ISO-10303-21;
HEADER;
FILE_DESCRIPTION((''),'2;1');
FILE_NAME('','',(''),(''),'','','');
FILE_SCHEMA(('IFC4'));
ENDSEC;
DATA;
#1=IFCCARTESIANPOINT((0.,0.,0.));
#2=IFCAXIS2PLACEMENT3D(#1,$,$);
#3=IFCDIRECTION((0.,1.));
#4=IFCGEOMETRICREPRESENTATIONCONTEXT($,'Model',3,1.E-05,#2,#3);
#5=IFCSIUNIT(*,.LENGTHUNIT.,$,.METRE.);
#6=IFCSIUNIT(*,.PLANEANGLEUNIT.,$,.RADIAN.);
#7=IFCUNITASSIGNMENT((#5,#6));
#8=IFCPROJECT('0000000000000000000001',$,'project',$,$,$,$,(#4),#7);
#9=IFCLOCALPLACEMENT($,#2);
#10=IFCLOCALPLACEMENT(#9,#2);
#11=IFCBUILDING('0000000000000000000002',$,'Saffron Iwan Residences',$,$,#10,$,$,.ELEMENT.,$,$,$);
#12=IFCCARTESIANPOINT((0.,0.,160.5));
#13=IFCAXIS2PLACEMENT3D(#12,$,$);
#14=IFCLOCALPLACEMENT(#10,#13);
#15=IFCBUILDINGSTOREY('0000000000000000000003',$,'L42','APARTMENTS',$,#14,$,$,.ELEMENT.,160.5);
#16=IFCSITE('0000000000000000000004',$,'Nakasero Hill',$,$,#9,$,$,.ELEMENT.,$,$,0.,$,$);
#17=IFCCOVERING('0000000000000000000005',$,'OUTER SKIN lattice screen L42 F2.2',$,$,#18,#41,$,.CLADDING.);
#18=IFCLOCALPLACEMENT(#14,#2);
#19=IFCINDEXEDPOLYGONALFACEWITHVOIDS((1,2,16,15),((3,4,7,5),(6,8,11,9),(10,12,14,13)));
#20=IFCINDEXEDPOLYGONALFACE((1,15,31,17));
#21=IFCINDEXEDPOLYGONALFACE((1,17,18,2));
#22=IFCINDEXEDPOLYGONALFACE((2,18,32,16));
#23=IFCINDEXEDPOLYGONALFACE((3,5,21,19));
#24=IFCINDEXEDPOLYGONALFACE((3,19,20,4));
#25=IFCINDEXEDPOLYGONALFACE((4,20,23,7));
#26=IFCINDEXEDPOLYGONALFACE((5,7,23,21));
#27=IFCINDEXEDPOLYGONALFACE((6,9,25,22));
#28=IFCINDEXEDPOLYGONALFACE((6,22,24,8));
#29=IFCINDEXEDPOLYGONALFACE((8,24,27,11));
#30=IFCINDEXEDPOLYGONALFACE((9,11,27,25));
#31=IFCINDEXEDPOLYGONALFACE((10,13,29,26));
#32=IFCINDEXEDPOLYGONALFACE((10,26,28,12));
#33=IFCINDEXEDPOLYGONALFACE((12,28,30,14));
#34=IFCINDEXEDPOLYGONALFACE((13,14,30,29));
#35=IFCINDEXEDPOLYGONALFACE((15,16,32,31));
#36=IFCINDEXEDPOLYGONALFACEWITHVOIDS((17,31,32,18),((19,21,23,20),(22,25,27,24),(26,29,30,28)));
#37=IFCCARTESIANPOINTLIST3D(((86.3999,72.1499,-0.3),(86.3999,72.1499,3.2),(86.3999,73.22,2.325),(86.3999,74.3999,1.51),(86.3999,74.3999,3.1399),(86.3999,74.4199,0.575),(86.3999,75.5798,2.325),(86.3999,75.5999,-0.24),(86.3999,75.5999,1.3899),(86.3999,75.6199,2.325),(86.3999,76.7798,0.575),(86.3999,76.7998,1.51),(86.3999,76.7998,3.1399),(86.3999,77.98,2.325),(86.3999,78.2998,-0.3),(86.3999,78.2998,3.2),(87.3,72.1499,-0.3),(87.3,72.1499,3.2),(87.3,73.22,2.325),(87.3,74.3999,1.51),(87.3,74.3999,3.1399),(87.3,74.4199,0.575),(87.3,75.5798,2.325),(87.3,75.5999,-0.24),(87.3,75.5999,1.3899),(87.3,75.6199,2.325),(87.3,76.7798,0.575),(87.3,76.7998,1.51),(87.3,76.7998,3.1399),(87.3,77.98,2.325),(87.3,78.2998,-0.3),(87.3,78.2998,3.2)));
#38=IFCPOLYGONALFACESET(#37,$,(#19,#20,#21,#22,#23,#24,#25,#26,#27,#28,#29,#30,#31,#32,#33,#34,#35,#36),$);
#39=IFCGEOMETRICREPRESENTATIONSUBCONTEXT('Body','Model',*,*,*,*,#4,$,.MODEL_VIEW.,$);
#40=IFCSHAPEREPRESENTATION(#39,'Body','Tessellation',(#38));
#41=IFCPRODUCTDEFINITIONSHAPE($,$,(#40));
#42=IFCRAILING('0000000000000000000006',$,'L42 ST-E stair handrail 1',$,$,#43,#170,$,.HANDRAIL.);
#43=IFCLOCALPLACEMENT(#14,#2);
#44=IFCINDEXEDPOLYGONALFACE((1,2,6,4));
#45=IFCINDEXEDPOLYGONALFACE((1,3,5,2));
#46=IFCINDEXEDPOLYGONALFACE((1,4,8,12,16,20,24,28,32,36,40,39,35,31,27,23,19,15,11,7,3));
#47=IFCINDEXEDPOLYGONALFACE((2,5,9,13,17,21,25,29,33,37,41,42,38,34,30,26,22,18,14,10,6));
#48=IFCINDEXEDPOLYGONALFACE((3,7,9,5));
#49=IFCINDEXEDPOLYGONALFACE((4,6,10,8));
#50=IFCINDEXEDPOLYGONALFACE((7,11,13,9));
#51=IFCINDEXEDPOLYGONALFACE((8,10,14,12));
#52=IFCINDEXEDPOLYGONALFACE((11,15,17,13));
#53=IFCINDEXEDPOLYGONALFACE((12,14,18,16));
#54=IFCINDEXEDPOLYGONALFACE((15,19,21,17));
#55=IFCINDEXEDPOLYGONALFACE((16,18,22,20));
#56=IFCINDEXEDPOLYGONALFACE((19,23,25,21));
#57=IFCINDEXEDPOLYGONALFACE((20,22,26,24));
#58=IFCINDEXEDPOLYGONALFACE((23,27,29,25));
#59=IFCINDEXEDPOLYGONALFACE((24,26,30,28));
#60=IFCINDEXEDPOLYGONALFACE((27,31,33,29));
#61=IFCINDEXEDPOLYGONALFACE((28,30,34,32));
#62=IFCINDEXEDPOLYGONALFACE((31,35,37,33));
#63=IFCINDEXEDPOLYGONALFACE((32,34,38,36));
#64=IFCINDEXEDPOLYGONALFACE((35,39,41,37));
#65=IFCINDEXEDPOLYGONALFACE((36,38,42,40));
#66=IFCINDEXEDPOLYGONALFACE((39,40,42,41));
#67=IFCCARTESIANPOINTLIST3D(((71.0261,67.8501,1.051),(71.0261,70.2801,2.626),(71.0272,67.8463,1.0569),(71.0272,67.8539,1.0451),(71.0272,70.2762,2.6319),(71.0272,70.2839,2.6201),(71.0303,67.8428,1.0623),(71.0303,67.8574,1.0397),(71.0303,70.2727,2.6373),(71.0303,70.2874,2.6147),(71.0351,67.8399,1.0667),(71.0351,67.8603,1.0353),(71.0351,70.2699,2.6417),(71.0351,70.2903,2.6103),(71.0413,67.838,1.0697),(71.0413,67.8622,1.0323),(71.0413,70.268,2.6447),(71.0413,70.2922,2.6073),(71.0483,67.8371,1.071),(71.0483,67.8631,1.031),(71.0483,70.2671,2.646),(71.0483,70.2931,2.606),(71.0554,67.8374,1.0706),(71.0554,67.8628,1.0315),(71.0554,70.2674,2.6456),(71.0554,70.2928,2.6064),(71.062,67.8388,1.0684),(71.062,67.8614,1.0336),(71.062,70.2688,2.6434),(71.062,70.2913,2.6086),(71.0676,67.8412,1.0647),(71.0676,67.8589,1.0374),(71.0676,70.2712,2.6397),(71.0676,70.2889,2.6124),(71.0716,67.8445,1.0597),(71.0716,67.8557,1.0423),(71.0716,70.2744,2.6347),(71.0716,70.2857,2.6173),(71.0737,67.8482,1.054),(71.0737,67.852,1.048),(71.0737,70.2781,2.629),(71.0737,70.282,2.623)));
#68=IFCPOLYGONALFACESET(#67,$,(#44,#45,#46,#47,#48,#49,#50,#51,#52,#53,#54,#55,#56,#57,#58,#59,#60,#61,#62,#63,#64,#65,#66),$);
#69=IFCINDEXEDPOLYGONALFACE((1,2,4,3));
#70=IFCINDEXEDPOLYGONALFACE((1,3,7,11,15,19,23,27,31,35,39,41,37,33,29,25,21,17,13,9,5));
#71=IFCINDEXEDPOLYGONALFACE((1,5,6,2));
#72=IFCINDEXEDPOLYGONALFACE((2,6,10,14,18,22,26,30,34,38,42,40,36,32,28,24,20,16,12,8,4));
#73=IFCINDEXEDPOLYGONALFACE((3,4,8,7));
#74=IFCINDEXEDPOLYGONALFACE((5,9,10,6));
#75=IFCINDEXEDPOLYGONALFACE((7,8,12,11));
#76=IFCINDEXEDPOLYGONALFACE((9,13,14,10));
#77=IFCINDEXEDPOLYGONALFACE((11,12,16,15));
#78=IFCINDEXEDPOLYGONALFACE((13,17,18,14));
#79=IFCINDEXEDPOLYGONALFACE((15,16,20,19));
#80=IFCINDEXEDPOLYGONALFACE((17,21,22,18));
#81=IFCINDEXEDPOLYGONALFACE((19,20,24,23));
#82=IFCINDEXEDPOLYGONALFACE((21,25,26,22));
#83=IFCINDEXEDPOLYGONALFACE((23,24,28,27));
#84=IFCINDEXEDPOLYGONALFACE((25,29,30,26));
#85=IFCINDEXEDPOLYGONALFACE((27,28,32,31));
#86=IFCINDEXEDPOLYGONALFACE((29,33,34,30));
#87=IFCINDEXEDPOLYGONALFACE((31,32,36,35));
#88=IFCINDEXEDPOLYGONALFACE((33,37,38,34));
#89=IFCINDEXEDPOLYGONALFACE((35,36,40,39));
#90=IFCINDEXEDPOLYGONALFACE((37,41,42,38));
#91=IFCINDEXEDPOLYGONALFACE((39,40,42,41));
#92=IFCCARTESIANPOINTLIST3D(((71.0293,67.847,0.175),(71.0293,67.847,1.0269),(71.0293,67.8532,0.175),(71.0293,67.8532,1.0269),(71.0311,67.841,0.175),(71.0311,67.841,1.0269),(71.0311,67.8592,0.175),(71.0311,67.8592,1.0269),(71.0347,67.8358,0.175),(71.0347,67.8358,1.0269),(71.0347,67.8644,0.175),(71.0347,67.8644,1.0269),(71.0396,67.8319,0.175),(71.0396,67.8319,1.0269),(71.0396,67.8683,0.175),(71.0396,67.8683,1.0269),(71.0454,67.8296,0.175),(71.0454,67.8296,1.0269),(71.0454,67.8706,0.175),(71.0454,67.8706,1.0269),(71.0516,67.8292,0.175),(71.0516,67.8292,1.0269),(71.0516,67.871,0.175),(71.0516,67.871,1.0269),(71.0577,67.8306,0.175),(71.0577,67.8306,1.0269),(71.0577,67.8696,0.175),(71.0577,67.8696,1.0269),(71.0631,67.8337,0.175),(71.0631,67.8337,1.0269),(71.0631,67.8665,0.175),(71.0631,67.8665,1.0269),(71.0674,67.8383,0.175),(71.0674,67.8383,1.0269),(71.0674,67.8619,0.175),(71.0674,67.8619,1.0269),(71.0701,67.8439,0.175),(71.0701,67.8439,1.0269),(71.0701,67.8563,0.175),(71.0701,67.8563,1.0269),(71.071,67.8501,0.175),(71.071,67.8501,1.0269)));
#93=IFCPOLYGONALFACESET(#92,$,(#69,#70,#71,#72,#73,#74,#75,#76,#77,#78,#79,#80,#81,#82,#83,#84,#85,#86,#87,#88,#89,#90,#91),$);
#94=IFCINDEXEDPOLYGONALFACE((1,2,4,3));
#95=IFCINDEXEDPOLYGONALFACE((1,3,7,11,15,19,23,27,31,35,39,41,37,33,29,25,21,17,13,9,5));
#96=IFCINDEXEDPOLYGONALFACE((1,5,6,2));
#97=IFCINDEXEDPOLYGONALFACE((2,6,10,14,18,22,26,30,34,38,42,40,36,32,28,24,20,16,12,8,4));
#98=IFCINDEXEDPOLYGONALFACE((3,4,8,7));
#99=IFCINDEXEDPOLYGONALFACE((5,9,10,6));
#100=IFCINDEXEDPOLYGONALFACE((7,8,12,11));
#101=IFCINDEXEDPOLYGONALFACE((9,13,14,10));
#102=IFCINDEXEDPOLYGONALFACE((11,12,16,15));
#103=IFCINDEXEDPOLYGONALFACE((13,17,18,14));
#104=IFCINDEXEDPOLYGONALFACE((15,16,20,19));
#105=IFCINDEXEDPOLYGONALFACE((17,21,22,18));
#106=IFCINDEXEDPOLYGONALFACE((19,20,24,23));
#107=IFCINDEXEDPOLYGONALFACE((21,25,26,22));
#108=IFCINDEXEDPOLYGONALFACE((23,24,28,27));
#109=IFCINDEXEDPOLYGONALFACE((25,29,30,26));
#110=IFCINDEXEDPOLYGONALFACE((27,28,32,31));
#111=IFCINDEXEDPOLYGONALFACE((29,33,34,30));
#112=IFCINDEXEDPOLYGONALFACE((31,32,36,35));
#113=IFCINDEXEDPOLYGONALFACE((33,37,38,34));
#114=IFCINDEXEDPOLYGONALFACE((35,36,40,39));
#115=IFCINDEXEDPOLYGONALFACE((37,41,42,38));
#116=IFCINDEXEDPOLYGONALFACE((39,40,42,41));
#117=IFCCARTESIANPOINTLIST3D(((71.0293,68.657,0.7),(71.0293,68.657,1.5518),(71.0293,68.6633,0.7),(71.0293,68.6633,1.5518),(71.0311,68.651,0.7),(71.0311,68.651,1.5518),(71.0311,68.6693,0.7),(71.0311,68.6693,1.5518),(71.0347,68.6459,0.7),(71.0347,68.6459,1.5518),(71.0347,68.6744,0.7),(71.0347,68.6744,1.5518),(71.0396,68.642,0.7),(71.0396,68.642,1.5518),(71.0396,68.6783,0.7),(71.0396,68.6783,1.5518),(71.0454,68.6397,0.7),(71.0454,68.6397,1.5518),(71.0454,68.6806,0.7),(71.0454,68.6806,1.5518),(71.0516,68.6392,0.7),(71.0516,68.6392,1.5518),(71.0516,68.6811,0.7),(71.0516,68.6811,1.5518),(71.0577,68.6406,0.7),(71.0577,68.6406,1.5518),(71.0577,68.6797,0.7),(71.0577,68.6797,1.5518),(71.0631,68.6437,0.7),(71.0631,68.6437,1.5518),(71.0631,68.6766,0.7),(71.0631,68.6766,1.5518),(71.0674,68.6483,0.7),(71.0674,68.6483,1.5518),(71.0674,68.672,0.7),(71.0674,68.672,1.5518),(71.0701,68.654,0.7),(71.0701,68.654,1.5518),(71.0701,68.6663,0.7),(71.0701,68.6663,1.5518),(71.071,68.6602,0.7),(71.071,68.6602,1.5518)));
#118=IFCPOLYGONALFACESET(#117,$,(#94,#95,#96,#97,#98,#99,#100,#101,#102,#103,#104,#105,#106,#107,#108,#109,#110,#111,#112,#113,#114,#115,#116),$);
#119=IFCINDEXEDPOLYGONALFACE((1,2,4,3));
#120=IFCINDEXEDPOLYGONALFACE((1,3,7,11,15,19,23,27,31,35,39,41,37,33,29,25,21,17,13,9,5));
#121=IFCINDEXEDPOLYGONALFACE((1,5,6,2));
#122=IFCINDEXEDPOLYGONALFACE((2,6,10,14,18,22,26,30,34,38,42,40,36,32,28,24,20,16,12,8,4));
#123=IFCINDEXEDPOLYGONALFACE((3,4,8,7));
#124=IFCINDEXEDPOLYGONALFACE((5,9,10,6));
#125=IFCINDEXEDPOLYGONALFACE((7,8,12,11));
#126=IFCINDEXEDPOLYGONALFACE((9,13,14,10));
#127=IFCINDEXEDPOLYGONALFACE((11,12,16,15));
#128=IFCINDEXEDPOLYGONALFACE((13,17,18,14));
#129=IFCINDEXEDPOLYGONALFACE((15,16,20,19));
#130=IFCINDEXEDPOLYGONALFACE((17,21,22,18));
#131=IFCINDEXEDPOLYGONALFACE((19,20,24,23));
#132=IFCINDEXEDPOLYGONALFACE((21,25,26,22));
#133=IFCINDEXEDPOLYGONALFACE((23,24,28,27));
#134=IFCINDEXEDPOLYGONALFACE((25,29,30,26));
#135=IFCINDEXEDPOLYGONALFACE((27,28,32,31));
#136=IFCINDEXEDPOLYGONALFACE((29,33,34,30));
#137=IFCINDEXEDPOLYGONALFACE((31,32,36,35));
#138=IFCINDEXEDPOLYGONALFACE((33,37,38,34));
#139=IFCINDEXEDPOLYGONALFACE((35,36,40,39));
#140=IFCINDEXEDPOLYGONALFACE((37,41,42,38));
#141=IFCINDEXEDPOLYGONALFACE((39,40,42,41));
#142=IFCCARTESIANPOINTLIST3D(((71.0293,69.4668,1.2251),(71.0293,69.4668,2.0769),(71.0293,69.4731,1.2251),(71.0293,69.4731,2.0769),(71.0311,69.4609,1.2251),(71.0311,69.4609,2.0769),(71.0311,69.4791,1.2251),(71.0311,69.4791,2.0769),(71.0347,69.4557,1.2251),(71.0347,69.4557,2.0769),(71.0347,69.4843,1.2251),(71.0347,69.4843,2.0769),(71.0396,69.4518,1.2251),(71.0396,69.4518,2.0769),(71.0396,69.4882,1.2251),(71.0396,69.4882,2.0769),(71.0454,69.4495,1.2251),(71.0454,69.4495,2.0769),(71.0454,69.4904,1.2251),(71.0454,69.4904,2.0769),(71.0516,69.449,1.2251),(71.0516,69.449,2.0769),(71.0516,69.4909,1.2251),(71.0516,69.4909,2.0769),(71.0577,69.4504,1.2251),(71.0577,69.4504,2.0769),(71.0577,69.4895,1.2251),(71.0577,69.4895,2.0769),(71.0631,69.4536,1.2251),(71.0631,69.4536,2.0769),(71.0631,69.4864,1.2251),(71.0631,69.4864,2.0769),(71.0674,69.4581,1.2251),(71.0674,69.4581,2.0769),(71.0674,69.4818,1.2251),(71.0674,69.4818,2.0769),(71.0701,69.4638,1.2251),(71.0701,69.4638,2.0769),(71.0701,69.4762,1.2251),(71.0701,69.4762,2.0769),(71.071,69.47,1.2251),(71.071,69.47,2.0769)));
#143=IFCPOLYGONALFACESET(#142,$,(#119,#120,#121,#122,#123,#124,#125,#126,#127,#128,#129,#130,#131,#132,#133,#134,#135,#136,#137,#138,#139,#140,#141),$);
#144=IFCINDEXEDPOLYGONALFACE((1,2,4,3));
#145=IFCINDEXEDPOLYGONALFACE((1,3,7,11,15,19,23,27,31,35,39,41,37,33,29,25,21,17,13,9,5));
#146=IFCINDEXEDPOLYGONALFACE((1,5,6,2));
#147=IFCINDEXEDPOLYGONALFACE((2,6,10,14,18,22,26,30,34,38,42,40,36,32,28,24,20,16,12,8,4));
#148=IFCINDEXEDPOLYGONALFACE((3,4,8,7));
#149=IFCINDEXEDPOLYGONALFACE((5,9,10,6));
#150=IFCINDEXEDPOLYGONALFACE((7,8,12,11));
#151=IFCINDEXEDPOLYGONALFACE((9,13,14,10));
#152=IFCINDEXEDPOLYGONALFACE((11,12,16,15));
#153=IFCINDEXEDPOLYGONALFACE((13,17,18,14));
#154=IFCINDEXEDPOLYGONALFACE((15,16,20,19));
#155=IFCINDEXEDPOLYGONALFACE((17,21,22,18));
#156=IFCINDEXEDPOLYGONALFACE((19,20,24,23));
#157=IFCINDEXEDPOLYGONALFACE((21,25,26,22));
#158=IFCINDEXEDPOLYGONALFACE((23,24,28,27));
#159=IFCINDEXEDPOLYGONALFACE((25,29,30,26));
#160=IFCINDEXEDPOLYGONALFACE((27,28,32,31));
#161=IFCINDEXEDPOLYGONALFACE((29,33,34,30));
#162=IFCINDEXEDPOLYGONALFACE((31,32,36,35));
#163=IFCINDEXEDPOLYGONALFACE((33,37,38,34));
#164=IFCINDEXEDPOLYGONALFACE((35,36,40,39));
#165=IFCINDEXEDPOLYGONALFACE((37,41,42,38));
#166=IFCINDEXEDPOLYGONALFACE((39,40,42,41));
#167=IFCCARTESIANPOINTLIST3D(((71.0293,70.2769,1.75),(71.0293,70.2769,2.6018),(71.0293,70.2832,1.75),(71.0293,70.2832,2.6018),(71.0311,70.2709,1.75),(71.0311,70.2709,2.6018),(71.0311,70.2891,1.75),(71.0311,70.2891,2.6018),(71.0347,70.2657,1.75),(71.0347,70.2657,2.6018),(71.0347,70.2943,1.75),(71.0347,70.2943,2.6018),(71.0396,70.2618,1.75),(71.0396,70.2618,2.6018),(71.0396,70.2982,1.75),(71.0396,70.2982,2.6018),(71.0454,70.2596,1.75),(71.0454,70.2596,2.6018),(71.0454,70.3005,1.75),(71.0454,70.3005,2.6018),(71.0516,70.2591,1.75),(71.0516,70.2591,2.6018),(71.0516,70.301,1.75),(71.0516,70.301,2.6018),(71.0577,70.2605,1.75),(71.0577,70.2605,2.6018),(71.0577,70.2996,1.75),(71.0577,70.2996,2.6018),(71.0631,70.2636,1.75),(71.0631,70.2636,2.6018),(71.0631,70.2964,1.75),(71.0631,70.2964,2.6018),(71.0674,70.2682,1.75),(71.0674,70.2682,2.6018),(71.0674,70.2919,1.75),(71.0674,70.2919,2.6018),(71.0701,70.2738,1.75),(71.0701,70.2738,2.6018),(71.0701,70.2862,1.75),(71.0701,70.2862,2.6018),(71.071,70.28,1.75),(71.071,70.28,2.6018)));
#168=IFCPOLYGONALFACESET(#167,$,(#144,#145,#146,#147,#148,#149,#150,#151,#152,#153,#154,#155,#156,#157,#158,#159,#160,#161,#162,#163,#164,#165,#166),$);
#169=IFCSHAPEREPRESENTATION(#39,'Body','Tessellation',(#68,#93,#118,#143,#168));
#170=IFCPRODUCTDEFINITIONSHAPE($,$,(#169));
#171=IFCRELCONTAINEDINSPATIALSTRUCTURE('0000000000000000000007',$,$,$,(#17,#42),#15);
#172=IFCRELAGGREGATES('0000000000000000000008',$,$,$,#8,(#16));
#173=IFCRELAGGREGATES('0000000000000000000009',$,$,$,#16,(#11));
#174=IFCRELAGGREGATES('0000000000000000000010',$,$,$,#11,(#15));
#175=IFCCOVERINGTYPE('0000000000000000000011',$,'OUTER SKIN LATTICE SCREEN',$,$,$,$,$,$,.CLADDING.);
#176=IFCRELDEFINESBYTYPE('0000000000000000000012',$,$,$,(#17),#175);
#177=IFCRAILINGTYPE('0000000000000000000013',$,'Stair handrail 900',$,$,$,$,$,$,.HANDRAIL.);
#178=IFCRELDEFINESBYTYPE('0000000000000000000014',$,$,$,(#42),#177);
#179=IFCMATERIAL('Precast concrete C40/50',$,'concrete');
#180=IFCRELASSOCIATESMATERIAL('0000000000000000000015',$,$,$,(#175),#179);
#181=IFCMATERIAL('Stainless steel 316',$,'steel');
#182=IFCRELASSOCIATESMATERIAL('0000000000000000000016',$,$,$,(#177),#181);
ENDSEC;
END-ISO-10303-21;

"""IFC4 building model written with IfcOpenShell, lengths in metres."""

from ifc_helpers import new_model, si_unit, direction, frame, origin, origin_2d, place, context, subcontext, project, spatial, polyline, circle, outline, extrude, material, type_object, element, save


model = new_model("IFC4")

# Units and contexts
model_context = context("Model", 3, precision=1e-05, world=origin(), true_north=direction((0.0, 1.0)))
body_context = subcontext(model_context, "Body", "Model", "MODEL_VIEW")
ifc_project = project(units=[si_unit("LENGTHUNIT", "METRE"), si_unit("PLANEANGLEUNIT", "RADIAN")], contexts=[model_context])

# Site, building, storey
site_placement = place(None, origin())
site = spatial("IfcSite", under=ifc_project, at=site_placement, Name="Nakasero Hill", CompositionType="ELEMENT", RefElevation=0.0)
building_placement = place(site_placement, origin())
building = spatial("IfcBuilding", under=site, at=building_placement, Name="Saffron Iwan Residences", CompositionType="ELEMENT")
storey_placement = place(building_placement, frame((0.0, 0.0, 160.5)))
storey = spatial("IfcBuildingStorey", under=building, at=storey_placement, Name="L42", Description="APARTMENTS", CompositionType="ELEMENT", Elevation=160.5)

# Shared definitions
ifc_material_1 = material(Name="Stainless steel 316", Category="steel")

# Covering
ifc_material_2 = material(Name="Precast concrete C40/50", Category="concrete")
covering_type = type_object("IfcCoveringType", Name="OUTER SKIN LATTICE SCREEN", PredefinedType="CLADDING", material=ifc_material_2)
covering_placement = place(storey_placement, frame((86.3999, 72.1499, -0.3), z_axis=(1.0, 0.0, 0.0), x_axis=(0.0, 1.0, 0.0)))
element("IfcCovering", 1, at=covering_placement, inside=storey, type_object=covering_type, Name="OUTER SKIN lattice screen L42 F2.2", PredefinedType="CLADDING", context=body_context, shape_type="SweptSolid", body=[
    extrude(outline(polyline([(0.0, 0.0), (6.1499, 0.0), (6.1499, 3.5), (0.0, 3.5), (0.0, 0.0)]), holes=[polyline([(2.27, 0.875), (3.45, 0.0601), (4.6299, 0.875), (3.45, 1.6899), (2.27, 0.875)]), polyline([(1.0701, 2.625), (2.25, 1.8101), (3.4299, 2.625), (2.25, 3.4399), (1.0701, 2.625)]), polyline([(3.47, 2.625), (4.6499, 1.8101), (5.8301, 2.625), (4.6499, 3.4399), (3.47, 2.625)])]), origin(), (0.0, 0.0, 1.0), 0.9001),
])

# Railing
railing_type_1 = type_object("IfcRailingType", Name="Stair handrail 900", PredefinedType="HANDRAIL", material=ifc_material_1)
railing_1_placement = place(storey_placement, frame((71.05, 67.8501, 0.175)))
element("IfcRailing", 2, at=railing_1_placement, inside=storey, type_object=railing_type_1, Name="L42 ST-E stair handrail 1", PredefinedType="HANDRAIL", context=body_context, shape_type="SweptSolid", body=[
    extrude(circle(Radius=0.0239, at=origin_2d()), frame((0.0, 0.0, 0.876), z_axis=(0.0, 0.839154, 0.543894), x_axis=(-1.0, 0.0, 0.0)), (0.0, 0.0, 1.0), 2.8958),
    extrude(circle(Radius=0.021, at=origin_2d()), origin(), (0.0, 0.0, 1.0), 0.8518),
    extrude(circle(Radius=0.021, at=origin_2d()), frame((0.0, 0.8101, 0.5249)), (0.0, 0.0, 1.0), 0.8518),
    extrude(circle(Radius=0.021, at=origin_2d()), frame((0.0, 1.6199, 1.05)), (0.0, 0.0, 1.0), 0.8518),
    extrude(circle(Radius=0.021, at=origin_2d()), frame((0.0, 2.4299, 1.575)), (0.0, 0.0, 1.0), 0.8518),
])

save(model, "model.ifc")
